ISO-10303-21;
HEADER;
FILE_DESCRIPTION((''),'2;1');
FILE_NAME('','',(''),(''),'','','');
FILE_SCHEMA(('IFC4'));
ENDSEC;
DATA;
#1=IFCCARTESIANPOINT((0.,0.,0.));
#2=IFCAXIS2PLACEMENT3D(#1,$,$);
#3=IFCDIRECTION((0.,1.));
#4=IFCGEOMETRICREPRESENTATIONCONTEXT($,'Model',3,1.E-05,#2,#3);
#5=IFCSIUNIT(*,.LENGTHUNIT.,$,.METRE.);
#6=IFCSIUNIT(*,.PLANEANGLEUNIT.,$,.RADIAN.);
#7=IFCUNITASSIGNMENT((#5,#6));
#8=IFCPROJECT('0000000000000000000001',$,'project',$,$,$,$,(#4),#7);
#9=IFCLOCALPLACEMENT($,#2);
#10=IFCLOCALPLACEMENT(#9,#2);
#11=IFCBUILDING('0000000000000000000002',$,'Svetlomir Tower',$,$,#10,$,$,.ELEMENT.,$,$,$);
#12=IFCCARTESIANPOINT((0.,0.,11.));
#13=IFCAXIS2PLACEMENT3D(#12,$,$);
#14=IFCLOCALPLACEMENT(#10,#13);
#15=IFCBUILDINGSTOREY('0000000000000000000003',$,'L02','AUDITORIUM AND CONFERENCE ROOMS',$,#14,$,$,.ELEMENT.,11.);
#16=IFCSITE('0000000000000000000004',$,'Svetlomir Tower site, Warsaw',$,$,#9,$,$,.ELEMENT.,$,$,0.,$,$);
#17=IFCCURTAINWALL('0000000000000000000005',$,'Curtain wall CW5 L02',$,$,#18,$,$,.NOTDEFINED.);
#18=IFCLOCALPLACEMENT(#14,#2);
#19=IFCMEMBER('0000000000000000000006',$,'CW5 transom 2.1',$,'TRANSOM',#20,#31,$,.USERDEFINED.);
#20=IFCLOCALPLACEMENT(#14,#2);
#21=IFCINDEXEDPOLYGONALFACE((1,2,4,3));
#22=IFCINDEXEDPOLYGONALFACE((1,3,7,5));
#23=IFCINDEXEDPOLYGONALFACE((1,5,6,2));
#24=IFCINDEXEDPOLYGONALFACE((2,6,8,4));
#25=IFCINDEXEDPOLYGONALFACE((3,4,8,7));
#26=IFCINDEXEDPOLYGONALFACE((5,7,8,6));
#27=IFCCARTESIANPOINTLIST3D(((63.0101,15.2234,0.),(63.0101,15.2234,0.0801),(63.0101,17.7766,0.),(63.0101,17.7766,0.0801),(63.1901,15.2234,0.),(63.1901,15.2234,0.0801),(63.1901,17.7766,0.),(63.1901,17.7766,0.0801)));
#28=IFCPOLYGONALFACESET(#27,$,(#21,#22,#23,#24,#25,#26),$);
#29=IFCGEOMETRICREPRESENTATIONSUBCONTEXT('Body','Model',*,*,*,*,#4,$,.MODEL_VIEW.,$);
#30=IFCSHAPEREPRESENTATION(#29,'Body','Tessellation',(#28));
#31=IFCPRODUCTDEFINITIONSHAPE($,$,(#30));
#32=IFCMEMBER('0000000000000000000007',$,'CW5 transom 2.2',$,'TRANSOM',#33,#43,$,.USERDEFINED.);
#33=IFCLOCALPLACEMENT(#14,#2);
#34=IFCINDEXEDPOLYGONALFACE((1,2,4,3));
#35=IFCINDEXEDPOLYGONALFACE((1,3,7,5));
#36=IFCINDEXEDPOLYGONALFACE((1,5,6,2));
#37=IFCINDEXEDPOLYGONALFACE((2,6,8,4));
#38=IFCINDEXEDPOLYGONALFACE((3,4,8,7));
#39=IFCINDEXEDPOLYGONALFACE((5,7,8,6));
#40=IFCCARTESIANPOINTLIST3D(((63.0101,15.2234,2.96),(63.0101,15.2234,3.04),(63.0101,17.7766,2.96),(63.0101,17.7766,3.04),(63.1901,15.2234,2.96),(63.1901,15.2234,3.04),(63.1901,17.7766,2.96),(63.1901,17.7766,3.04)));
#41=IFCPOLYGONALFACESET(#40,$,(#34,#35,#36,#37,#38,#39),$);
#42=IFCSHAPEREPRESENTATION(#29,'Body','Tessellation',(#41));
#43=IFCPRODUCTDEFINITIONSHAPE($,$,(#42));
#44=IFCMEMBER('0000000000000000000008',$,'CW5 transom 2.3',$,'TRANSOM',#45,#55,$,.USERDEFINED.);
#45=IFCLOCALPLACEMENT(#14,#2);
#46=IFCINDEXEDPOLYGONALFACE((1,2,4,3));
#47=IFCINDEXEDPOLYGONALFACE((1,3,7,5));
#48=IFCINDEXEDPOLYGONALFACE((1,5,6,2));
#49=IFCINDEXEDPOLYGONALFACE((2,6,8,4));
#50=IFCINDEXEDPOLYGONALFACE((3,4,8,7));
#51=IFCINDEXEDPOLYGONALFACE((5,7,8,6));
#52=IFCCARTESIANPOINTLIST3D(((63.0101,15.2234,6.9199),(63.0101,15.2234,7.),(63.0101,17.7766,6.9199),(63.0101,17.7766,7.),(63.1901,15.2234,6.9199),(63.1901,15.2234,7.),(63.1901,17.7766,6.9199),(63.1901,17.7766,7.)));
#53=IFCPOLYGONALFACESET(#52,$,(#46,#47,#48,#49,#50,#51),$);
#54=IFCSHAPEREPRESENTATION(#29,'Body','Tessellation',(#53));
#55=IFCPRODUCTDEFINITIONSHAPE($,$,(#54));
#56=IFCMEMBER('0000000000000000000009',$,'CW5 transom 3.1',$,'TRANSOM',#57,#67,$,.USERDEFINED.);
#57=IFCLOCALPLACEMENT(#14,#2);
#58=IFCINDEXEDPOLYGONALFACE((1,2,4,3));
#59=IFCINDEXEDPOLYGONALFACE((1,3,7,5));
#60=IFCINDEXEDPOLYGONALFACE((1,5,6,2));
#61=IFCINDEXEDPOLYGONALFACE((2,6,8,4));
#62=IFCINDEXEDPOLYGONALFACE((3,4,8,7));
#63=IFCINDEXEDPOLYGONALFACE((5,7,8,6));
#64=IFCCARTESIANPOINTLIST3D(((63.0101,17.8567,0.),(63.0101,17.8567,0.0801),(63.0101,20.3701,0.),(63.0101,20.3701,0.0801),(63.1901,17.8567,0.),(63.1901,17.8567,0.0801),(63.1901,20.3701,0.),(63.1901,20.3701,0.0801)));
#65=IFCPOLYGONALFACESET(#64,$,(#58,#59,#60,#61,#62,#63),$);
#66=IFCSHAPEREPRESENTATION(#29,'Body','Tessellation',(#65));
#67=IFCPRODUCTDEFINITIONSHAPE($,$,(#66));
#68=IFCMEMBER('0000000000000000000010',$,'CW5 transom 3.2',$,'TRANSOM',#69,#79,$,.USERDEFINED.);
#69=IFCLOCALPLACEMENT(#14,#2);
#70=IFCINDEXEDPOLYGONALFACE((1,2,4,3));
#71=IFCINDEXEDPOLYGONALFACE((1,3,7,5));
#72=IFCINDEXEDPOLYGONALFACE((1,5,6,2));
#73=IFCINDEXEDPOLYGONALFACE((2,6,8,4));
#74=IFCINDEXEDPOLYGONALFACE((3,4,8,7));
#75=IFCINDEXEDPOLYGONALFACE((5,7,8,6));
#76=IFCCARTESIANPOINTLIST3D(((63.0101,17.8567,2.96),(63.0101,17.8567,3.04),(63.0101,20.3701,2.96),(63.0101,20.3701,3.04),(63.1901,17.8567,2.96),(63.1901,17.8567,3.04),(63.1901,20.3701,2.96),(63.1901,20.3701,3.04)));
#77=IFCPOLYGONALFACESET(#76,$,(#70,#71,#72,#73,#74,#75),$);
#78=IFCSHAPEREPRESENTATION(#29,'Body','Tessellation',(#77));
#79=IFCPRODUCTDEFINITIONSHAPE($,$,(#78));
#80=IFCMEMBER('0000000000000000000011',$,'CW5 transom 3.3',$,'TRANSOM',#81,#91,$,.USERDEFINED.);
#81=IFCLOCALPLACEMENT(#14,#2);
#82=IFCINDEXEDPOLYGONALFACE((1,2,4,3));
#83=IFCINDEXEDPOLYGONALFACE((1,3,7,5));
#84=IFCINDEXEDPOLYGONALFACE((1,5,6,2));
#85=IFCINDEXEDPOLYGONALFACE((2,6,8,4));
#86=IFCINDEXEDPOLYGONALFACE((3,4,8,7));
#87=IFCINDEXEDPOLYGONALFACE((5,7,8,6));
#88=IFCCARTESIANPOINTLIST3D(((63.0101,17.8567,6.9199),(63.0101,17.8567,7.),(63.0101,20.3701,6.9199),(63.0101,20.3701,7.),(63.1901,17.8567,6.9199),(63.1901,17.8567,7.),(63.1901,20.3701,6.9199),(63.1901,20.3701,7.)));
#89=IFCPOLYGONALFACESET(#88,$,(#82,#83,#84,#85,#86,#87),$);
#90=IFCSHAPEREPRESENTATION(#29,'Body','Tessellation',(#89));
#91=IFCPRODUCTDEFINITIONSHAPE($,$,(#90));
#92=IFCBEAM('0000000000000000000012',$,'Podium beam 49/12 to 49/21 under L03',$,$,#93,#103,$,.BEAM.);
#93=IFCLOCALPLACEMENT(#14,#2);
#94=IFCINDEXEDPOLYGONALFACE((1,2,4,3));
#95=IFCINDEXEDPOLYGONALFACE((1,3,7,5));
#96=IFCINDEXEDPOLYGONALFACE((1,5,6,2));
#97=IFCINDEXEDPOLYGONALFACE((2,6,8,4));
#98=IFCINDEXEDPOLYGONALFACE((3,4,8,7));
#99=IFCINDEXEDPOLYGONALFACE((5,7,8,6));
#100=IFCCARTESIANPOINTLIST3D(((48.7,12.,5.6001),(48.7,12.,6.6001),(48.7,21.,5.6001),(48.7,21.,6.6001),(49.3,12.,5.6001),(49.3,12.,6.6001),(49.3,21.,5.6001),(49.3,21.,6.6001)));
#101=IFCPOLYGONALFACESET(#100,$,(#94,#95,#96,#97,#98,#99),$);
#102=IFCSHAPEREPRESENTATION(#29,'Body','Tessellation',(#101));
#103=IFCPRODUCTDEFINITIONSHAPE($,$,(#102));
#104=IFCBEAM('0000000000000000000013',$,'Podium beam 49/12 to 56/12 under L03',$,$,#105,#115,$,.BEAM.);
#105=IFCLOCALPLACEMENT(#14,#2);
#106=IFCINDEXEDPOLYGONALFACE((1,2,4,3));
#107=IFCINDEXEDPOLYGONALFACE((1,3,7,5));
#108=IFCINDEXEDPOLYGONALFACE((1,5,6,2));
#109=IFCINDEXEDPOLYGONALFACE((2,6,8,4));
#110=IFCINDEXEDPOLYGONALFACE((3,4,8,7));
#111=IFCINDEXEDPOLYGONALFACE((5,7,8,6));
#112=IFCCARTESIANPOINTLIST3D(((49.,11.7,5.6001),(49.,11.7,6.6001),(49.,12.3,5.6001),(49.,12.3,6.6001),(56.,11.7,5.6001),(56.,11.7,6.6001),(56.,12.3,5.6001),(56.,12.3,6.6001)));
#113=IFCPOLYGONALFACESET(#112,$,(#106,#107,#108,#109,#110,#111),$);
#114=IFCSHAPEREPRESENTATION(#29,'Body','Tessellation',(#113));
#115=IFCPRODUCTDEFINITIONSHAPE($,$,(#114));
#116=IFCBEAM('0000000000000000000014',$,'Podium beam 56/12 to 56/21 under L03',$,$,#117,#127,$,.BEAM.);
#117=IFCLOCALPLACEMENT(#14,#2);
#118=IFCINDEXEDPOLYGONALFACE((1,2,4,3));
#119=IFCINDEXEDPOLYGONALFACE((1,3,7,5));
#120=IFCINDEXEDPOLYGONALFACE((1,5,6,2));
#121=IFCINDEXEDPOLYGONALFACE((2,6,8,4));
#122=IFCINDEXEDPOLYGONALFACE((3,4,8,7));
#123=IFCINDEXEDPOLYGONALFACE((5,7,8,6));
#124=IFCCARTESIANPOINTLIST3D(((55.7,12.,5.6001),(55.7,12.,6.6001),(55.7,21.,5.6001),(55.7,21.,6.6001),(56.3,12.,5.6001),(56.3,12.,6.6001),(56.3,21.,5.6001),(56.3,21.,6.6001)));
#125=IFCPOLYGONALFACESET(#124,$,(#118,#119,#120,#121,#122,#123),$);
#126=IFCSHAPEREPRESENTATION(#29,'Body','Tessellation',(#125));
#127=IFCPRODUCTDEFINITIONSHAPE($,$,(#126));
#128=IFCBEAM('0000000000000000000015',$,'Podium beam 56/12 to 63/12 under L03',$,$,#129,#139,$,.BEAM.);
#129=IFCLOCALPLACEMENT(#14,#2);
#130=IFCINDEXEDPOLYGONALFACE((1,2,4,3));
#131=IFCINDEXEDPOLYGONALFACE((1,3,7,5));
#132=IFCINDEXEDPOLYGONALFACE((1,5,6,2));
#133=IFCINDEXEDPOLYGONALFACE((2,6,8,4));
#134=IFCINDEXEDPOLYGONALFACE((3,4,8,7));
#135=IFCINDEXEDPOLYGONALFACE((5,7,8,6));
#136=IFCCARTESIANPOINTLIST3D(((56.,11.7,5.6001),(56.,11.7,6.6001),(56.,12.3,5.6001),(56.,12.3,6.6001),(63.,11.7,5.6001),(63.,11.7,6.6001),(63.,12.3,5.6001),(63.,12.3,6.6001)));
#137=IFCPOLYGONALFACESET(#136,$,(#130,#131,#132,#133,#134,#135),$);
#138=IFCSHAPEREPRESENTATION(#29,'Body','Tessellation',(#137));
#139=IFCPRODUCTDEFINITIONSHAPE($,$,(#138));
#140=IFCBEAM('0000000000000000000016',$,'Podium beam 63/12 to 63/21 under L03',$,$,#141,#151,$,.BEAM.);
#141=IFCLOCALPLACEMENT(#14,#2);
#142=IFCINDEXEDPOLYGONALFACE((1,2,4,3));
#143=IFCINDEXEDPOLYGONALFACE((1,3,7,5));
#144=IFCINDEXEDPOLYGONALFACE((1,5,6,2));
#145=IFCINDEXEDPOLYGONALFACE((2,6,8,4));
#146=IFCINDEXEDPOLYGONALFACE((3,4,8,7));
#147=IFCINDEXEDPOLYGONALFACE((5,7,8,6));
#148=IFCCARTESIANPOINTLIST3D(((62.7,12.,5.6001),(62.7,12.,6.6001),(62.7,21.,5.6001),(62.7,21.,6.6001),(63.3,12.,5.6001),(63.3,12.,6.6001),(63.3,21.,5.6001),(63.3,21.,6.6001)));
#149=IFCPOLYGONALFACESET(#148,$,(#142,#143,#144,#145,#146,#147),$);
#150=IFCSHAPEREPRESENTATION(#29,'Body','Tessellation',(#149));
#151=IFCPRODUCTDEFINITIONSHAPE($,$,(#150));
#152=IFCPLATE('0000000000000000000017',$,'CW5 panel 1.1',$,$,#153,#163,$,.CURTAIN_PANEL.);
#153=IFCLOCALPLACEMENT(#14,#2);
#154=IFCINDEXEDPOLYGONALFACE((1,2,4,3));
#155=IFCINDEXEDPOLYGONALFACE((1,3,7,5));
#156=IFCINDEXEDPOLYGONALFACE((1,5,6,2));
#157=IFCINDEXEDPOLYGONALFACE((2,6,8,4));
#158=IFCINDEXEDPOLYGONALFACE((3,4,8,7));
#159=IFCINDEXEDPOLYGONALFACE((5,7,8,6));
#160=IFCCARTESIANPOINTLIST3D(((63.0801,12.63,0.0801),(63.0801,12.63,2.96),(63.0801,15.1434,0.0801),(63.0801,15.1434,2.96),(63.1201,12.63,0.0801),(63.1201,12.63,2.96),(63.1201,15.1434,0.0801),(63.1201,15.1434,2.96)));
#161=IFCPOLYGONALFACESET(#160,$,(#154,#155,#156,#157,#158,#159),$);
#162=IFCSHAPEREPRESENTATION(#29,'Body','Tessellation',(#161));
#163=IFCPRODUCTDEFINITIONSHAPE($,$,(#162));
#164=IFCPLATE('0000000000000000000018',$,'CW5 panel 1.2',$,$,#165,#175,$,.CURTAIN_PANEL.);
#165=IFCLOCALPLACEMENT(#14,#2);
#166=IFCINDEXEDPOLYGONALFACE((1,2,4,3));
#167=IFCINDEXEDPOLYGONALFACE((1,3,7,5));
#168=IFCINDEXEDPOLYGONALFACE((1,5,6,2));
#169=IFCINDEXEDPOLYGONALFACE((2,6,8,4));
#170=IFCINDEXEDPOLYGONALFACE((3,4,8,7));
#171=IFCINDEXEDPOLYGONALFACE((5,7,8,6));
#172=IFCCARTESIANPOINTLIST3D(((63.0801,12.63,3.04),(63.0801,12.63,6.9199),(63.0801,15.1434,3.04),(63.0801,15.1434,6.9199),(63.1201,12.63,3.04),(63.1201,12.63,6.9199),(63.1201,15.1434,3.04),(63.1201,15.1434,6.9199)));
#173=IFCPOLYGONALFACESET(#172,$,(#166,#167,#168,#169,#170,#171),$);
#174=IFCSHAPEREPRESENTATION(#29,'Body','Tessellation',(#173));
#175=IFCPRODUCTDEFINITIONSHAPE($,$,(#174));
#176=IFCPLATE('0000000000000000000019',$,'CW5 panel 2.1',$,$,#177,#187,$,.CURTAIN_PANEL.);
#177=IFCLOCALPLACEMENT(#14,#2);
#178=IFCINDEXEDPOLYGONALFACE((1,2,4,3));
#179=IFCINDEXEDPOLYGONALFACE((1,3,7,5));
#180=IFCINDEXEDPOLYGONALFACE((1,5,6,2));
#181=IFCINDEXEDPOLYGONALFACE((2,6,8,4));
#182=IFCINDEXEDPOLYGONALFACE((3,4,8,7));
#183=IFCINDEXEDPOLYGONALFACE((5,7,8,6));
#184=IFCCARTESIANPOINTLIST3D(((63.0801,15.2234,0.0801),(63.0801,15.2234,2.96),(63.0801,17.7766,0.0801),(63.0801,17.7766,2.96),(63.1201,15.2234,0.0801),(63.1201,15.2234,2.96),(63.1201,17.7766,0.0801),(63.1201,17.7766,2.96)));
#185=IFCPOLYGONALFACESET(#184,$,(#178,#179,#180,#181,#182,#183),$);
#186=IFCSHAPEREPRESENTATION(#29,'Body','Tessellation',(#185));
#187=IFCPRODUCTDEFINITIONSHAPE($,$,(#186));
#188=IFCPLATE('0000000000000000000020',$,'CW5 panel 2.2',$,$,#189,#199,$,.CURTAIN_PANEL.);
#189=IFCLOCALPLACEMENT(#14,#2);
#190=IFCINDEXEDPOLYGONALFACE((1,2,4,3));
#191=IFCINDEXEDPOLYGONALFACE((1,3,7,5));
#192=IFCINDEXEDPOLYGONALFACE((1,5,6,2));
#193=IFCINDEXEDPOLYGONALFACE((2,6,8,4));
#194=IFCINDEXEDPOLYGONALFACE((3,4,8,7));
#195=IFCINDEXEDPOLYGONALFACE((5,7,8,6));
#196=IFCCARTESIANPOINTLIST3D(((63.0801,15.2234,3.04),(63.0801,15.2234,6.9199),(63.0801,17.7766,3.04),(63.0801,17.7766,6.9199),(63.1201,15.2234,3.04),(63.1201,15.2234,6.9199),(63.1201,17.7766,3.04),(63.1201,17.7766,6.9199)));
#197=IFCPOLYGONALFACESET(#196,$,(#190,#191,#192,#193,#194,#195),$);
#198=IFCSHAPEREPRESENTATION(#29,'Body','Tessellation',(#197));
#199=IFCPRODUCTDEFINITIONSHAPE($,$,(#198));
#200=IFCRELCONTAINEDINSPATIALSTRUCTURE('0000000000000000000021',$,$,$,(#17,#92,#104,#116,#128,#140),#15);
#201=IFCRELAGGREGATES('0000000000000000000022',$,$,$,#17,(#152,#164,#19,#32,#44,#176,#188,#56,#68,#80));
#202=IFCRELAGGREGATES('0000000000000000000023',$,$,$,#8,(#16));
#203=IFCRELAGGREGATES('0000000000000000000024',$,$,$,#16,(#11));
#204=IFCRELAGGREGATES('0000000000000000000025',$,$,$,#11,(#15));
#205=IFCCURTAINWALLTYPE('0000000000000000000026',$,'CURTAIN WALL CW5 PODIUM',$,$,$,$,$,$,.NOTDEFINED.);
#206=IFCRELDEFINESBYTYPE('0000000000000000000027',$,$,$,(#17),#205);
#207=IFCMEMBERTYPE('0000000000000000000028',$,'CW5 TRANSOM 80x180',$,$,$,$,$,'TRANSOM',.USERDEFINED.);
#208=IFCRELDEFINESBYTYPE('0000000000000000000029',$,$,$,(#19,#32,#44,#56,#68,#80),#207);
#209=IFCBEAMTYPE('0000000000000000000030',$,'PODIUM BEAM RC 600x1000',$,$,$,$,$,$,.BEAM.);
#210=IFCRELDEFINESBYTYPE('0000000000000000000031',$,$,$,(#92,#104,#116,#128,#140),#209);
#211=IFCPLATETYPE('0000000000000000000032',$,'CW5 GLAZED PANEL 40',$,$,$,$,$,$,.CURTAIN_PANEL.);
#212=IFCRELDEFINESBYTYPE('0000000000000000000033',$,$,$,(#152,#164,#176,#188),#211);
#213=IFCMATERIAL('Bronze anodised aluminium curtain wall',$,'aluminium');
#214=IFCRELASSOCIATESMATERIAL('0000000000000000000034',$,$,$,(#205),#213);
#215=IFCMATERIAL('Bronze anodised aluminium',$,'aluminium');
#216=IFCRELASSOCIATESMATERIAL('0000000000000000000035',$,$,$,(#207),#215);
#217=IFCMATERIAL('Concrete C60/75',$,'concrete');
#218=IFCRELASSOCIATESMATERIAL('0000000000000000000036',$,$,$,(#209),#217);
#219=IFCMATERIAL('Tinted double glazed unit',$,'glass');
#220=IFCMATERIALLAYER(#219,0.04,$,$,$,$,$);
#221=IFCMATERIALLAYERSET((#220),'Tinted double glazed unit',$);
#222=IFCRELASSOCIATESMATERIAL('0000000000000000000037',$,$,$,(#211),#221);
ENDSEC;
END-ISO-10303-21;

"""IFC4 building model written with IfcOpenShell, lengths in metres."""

from ifc_helpers import new_model, si_unit, direction, frame, origin, origin_2d, place, context, subcontext, project, spatial, rectangle, extrude, material, layer, layer_set, material_profile, profile_set, type_object, element, aggregate, save


model = new_model("IFC4")

# Units and contexts
model_context = context("Model", 3, precision=1e-05, world=origin(), true_north=direction((0.0, 1.0)))
body_context = subcontext(model_context, "Body", "Model", "MODEL_VIEW")
ifc_project = project(units=[si_unit("LENGTHUNIT", "METRE"), si_unit("PLANEANGLEUNIT", "RADIAN")], contexts=[model_context])

# Site, building, storey
site_placement = place(None, origin())
site = spatial("IfcSite", under=ifc_project, at=site_placement, Name="Svetlomir Tower site, Warsaw", CompositionType="ELEMENT", RefElevation=0.0)
building_placement = place(site_placement, origin())
building = spatial("IfcBuilding", under=site, at=building_placement, Name="Svetlomir Tower", CompositionType="ELEMENT")
storey_placement = place(building_placement, frame((0.0, 0.0, 11.0)))
storey = spatial("IfcBuildingStorey", under=building, at=storey_placement, Name="L02", Description="AUDITORIUM AND CONFERENCE ROOMS", CompositionType="ELEMENT", Elevation=11.0)

# Curtain wall, members
ifc_material_1 = material(Name="Bronze anodised aluminium curtain wall", Category="aluminium")
curtain_wall_type = type_object("IfcCurtainWallType", Name="CURTAIN WALL CW5 PODIUM", PredefinedType="NOTDEFINED", material=ifc_material_1)
curtain_wall_placement = place(storey_placement, origin())
curtain_wall = element("IfcCurtainWall", 1, at=curtain_wall_placement, inside=storey, type_object=curtain_wall_type, Name="Curtain wall CW5 L02", PredefinedType="NOTDEFINED")
ifc_material_2 = material(Name="Bronze anodised aluminium", Category="aluminium")
ifc_material_profile_1 = material_profile(ifc_material_2, rectangle(XDim=0.1799, YDim=0.0801, at=origin_2d()), Name="AL 180x80")
ifc_profile_set_1 = profile_set([ifc_material_profile_1], Name="Bronze anodised aluminium 6063-T6")
member_type_1 = type_object("IfcMemberType", Name="CW5 TRANSOM 80x180", ElementType="TRANSOM", PredefinedType="USERDEFINED", material=ifc_profile_set_1)
member_1_placement = place(storey_placement, frame((63.1001, 15.2234, 0.04), z_axis=(0.0, 1.0, 0.0), x_axis=(-1.0, 0.0, 0.0)))
member_1 = element("IfcMember", 2, at=member_1_placement, type_object=member_type_1, Name="CW5 transom 2.1", ObjectType="TRANSOM", PredefinedType="USERDEFINED", context=body_context, shape_type="SweptSolid", body=[
    extrude(rectangle(XDim=0.1799, YDim=0.0801, at=origin_2d()), origin(), (0.0, 0.0, 1.0), 2.5532),
])
member_2_placement = place(storey_placement, frame((63.1001, 15.2234, 3.0), z_axis=(0.0, 1.0, 0.0), x_axis=(-1.0, 0.0, 0.0)))
member_2 = element("IfcMember", 3, at=member_2_placement, type_object=member_type_1, Name="CW5 transom 2.2", ObjectType="TRANSOM", PredefinedType="USERDEFINED", context=body_context, shape_type="SweptSolid", body=[
    extrude(rectangle(XDim=0.1799, YDim=0.0801, at=origin_2d()), origin(), (0.0, 0.0, 1.0), 2.5532),
])
member_3_placement = place(storey_placement, frame((63.1001, 15.2234, 6.96), z_axis=(0.0, 1.0, 0.0), x_axis=(-1.0, 0.0, 0.0)))
member_3 = element("IfcMember", 4, at=member_3_placement, type_object=member_type_1, Name="CW5 transom 2.3", ObjectType="TRANSOM", PredefinedType="USERDEFINED", context=body_context, shape_type="SweptSolid", body=[
    extrude(rectangle(XDim=0.1799, YDim=0.0801, at=origin_2d()), origin(), (0.0, 0.0, 1.0), 2.5532),
])
member_4_placement = place(storey_placement, frame((63.1001, 17.8567, 0.04), z_axis=(0.0, 1.0, 0.0), x_axis=(-1.0, 0.0, 0.0)))
member_4 = element("IfcMember", 5, at=member_4_placement, type_object=member_type_1, Name="CW5 transom 3.1", ObjectType="TRANSOM", PredefinedType="USERDEFINED", context=body_context, shape_type="SweptSolid", body=[
    extrude(rectangle(XDim=0.1799, YDim=0.0801, at=origin_2d()), origin(), (0.0, 0.0, 1.0), 2.5134),
])
member_5_placement = place(storey_placement, frame((63.1001, 17.8567, 3.0), z_axis=(0.0, 1.0, 0.0), x_axis=(-1.0, 0.0, 0.0)))
member_5 = element("IfcMember", 6, at=member_5_placement, type_object=member_type_1, Name="CW5 transom 3.2", ObjectType="TRANSOM", PredefinedType="USERDEFINED", context=body_context, shape_type="SweptSolid", body=[
    extrude(rectangle(XDim=0.1799, YDim=0.0801, at=origin_2d()), origin(), (0.0, 0.0, 1.0), 2.5134),
])
member_6_placement = place(storey_placement, frame((63.1001, 17.8567, 6.96), z_axis=(0.0, 1.0, 0.0), x_axis=(-1.0, 0.0, 0.0)))
member_6 = element("IfcMember", 7, at=member_6_placement, type_object=member_type_1, Name="CW5 transom 3.3", ObjectType="TRANSOM", PredefinedType="USERDEFINED", context=body_context, shape_type="SweptSolid", body=[
    extrude(rectangle(XDim=0.1799, YDim=0.0801, at=origin_2d()), origin(), (0.0, 0.0, 1.0), 2.5134),
])

# Beams
ifc_material_3 = material(Name="Concrete C60/75", Category="concrete")
ifc_material_profile_2 = material_profile(ifc_material_3, rectangle(XDim=0.6001, YDim=1.0, at=origin_2d()), Name="RC 600x1000")
ifc_profile_set_2 = profile_set([ifc_material_profile_2], Name="Concrete C60/75")
beam_type = type_object("IfcBeamType", Name="PODIUM BEAM RC 600x1000", PredefinedType="BEAM", material=ifc_profile_set_2)
beam_1_placement = place(storey_placement, frame((49.0, 12.0, 6.1001), z_axis=(0.0, 1.0, 0.0), x_axis=(-1.0, 0.0, 0.0)))
element("IfcBeam", 8, at=beam_1_placement, inside=storey, type_object=beam_type, Name="Podium beam 49/12 to 49/21 under L03", PredefinedType="BEAM", context=body_context, shape_type="SweptSolid", body=[
    extrude(rectangle(XDim=0.6001, YDim=1.0, at=origin_2d()), origin(), (0.0, 0.0, 1.0), 9.0),
])
beam_2_placement = place(storey_placement, frame((49.0, 12.0, 6.1001), z_axis=(1.0, 0.0, 0.0), x_axis=(0.0, 1.0, 0.0)))
element("IfcBeam", 9, at=beam_2_placement, inside=storey, type_object=beam_type, Name="Podium beam 49/12 to 56/12 under L03", PredefinedType="BEAM", context=body_context, shape_type="SweptSolid", body=[
    extrude(rectangle(XDim=0.6001, YDim=1.0, at=origin_2d()), origin(), (0.0, 0.0, 1.0), 7.0),
])
beam_3_placement = place(storey_placement, frame((56.0, 12.0, 6.1001), z_axis=(0.0, 1.0, 0.0), x_axis=(-1.0, 0.0, 0.0)))
element("IfcBeam", 10, at=beam_3_placement, inside=storey, type_object=beam_type, Name="Podium beam 56/12 to 56/21 under L03", PredefinedType="BEAM", context=body_context, shape_type="SweptSolid", body=[
    extrude(rectangle(XDim=0.6001, YDim=1.0, at=origin_2d()), origin(), (0.0, 0.0, 1.0), 9.0),
])
beam_4_placement = place(storey_placement, frame((56.0, 12.0, 6.1001), z_axis=(1.0, 0.0, 0.0), x_axis=(0.0, 1.0, 0.0)))
element("IfcBeam", 11, at=beam_4_placement, inside=storey, type_object=beam_type, Name="Podium beam 56/12 to 63/12 under L03", PredefinedType="BEAM", context=body_context, shape_type="SweptSolid", body=[
    extrude(rectangle(XDim=0.6001, YDim=1.0, at=origin_2d()), origin(), (0.0, 0.0, 1.0), 7.0),
])
beam_5_placement = place(storey_placement, frame((63.0, 12.0, 6.1001), z_axis=(0.0, 1.0, 0.0), x_axis=(-1.0, 0.0, 0.0)))
element("IfcBeam", 12, at=beam_5_placement, inside=storey, type_object=beam_type, Name="Podium beam 63/12 to 63/21 under L03", PredefinedType="BEAM", context=body_context, shape_type="SweptSolid", body=[
    extrude(rectangle(XDim=0.6001, YDim=1.0, at=origin_2d()), origin(), (0.0, 0.0, 1.0), 9.0),
])

# Plates
ifc_material_4 = material(Name="Tinted double glazed unit", Category="glass")
ifc_layer_1 = layer(ifc_material_4, 0.04)
ifc_layer_set_1 = layer_set([ifc_layer_1], Name="Tinted double glazed unit")
plate_type = type_object("IfcPlateType", Name="CW5 GLAZED PANEL 40", PredefinedType="CURTAIN_PANEL", material=ifc_layer_set_1)
plate_1_placement = place(storey_placement, frame((63.1001, 13.8867, 0.0801), z_axis=(0.0, 0.0, 1.0), x_axis=(0.0, 1.0, 0.0)))
plate_1 = element("IfcPlate", 13, at=plate_1_placement, type_object=plate_type, Name="CW5 panel 1.1", PredefinedType="CURTAIN_PANEL", context=body_context, shape_type="SweptSolid", body=[
    extrude(rectangle(XDim=2.5134, YDim=0.04, at=origin_2d()), origin(), (0.0, 0.0, 1.0), 2.8799),
])
plate_2_placement = place(storey_placement, frame((63.1001, 13.8867, 3.04), z_axis=(0.0, 0.0, 1.0), x_axis=(0.0, 1.0, 0.0)))
plate_2 = element("IfcPlate", 14, at=plate_2_placement, type_object=plate_type, Name="CW5 panel 1.2", PredefinedType="CURTAIN_PANEL", context=body_context, shape_type="SweptSolid", body=[
    extrude(rectangle(XDim=2.5134, YDim=0.04, at=origin_2d()), origin(), (0.0, 0.0, 1.0), 3.8799),
])
plate_3_placement = place(storey_placement, frame((63.1001, 16.5, 0.0801), z_axis=(0.0, 0.0, 1.0), x_axis=(0.0, 1.0, 0.0)))
plate_3 = element("IfcPlate", 15, at=plate_3_placement, type_object=plate_type, Name="CW5 panel 2.1", PredefinedType="CURTAIN_PANEL", context=body_context, shape_type="SweptSolid", body=[
    extrude(rectangle(XDim=2.5532, YDim=0.04, at=origin_2d()), origin(), (0.0, 0.0, 1.0), 2.8799),
])
plate_4_placement = place(storey_placement, frame((63.1001, 16.5, 3.04), z_axis=(0.0, 0.0, 1.0), x_axis=(0.0, 1.0, 0.0)))
plate_4 = element("IfcPlate", 16, at=plate_4_placement, type_object=plate_type, Name="CW5 panel 2.2", PredefinedType="CURTAIN_PANEL", context=body_context, shape_type="SweptSolid", body=[
    extrude(rectangle(XDim=2.5532, YDim=0.04, at=origin_2d()), origin(), (0.0, 0.0, 1.0), 3.8799),
])
aggregate(curtain_wall, [plate_1, plate_2, member_1, member_2, member_3, plate_3, plate_4, member_4, member_5, member_6])

save(model, "model.ifc")
